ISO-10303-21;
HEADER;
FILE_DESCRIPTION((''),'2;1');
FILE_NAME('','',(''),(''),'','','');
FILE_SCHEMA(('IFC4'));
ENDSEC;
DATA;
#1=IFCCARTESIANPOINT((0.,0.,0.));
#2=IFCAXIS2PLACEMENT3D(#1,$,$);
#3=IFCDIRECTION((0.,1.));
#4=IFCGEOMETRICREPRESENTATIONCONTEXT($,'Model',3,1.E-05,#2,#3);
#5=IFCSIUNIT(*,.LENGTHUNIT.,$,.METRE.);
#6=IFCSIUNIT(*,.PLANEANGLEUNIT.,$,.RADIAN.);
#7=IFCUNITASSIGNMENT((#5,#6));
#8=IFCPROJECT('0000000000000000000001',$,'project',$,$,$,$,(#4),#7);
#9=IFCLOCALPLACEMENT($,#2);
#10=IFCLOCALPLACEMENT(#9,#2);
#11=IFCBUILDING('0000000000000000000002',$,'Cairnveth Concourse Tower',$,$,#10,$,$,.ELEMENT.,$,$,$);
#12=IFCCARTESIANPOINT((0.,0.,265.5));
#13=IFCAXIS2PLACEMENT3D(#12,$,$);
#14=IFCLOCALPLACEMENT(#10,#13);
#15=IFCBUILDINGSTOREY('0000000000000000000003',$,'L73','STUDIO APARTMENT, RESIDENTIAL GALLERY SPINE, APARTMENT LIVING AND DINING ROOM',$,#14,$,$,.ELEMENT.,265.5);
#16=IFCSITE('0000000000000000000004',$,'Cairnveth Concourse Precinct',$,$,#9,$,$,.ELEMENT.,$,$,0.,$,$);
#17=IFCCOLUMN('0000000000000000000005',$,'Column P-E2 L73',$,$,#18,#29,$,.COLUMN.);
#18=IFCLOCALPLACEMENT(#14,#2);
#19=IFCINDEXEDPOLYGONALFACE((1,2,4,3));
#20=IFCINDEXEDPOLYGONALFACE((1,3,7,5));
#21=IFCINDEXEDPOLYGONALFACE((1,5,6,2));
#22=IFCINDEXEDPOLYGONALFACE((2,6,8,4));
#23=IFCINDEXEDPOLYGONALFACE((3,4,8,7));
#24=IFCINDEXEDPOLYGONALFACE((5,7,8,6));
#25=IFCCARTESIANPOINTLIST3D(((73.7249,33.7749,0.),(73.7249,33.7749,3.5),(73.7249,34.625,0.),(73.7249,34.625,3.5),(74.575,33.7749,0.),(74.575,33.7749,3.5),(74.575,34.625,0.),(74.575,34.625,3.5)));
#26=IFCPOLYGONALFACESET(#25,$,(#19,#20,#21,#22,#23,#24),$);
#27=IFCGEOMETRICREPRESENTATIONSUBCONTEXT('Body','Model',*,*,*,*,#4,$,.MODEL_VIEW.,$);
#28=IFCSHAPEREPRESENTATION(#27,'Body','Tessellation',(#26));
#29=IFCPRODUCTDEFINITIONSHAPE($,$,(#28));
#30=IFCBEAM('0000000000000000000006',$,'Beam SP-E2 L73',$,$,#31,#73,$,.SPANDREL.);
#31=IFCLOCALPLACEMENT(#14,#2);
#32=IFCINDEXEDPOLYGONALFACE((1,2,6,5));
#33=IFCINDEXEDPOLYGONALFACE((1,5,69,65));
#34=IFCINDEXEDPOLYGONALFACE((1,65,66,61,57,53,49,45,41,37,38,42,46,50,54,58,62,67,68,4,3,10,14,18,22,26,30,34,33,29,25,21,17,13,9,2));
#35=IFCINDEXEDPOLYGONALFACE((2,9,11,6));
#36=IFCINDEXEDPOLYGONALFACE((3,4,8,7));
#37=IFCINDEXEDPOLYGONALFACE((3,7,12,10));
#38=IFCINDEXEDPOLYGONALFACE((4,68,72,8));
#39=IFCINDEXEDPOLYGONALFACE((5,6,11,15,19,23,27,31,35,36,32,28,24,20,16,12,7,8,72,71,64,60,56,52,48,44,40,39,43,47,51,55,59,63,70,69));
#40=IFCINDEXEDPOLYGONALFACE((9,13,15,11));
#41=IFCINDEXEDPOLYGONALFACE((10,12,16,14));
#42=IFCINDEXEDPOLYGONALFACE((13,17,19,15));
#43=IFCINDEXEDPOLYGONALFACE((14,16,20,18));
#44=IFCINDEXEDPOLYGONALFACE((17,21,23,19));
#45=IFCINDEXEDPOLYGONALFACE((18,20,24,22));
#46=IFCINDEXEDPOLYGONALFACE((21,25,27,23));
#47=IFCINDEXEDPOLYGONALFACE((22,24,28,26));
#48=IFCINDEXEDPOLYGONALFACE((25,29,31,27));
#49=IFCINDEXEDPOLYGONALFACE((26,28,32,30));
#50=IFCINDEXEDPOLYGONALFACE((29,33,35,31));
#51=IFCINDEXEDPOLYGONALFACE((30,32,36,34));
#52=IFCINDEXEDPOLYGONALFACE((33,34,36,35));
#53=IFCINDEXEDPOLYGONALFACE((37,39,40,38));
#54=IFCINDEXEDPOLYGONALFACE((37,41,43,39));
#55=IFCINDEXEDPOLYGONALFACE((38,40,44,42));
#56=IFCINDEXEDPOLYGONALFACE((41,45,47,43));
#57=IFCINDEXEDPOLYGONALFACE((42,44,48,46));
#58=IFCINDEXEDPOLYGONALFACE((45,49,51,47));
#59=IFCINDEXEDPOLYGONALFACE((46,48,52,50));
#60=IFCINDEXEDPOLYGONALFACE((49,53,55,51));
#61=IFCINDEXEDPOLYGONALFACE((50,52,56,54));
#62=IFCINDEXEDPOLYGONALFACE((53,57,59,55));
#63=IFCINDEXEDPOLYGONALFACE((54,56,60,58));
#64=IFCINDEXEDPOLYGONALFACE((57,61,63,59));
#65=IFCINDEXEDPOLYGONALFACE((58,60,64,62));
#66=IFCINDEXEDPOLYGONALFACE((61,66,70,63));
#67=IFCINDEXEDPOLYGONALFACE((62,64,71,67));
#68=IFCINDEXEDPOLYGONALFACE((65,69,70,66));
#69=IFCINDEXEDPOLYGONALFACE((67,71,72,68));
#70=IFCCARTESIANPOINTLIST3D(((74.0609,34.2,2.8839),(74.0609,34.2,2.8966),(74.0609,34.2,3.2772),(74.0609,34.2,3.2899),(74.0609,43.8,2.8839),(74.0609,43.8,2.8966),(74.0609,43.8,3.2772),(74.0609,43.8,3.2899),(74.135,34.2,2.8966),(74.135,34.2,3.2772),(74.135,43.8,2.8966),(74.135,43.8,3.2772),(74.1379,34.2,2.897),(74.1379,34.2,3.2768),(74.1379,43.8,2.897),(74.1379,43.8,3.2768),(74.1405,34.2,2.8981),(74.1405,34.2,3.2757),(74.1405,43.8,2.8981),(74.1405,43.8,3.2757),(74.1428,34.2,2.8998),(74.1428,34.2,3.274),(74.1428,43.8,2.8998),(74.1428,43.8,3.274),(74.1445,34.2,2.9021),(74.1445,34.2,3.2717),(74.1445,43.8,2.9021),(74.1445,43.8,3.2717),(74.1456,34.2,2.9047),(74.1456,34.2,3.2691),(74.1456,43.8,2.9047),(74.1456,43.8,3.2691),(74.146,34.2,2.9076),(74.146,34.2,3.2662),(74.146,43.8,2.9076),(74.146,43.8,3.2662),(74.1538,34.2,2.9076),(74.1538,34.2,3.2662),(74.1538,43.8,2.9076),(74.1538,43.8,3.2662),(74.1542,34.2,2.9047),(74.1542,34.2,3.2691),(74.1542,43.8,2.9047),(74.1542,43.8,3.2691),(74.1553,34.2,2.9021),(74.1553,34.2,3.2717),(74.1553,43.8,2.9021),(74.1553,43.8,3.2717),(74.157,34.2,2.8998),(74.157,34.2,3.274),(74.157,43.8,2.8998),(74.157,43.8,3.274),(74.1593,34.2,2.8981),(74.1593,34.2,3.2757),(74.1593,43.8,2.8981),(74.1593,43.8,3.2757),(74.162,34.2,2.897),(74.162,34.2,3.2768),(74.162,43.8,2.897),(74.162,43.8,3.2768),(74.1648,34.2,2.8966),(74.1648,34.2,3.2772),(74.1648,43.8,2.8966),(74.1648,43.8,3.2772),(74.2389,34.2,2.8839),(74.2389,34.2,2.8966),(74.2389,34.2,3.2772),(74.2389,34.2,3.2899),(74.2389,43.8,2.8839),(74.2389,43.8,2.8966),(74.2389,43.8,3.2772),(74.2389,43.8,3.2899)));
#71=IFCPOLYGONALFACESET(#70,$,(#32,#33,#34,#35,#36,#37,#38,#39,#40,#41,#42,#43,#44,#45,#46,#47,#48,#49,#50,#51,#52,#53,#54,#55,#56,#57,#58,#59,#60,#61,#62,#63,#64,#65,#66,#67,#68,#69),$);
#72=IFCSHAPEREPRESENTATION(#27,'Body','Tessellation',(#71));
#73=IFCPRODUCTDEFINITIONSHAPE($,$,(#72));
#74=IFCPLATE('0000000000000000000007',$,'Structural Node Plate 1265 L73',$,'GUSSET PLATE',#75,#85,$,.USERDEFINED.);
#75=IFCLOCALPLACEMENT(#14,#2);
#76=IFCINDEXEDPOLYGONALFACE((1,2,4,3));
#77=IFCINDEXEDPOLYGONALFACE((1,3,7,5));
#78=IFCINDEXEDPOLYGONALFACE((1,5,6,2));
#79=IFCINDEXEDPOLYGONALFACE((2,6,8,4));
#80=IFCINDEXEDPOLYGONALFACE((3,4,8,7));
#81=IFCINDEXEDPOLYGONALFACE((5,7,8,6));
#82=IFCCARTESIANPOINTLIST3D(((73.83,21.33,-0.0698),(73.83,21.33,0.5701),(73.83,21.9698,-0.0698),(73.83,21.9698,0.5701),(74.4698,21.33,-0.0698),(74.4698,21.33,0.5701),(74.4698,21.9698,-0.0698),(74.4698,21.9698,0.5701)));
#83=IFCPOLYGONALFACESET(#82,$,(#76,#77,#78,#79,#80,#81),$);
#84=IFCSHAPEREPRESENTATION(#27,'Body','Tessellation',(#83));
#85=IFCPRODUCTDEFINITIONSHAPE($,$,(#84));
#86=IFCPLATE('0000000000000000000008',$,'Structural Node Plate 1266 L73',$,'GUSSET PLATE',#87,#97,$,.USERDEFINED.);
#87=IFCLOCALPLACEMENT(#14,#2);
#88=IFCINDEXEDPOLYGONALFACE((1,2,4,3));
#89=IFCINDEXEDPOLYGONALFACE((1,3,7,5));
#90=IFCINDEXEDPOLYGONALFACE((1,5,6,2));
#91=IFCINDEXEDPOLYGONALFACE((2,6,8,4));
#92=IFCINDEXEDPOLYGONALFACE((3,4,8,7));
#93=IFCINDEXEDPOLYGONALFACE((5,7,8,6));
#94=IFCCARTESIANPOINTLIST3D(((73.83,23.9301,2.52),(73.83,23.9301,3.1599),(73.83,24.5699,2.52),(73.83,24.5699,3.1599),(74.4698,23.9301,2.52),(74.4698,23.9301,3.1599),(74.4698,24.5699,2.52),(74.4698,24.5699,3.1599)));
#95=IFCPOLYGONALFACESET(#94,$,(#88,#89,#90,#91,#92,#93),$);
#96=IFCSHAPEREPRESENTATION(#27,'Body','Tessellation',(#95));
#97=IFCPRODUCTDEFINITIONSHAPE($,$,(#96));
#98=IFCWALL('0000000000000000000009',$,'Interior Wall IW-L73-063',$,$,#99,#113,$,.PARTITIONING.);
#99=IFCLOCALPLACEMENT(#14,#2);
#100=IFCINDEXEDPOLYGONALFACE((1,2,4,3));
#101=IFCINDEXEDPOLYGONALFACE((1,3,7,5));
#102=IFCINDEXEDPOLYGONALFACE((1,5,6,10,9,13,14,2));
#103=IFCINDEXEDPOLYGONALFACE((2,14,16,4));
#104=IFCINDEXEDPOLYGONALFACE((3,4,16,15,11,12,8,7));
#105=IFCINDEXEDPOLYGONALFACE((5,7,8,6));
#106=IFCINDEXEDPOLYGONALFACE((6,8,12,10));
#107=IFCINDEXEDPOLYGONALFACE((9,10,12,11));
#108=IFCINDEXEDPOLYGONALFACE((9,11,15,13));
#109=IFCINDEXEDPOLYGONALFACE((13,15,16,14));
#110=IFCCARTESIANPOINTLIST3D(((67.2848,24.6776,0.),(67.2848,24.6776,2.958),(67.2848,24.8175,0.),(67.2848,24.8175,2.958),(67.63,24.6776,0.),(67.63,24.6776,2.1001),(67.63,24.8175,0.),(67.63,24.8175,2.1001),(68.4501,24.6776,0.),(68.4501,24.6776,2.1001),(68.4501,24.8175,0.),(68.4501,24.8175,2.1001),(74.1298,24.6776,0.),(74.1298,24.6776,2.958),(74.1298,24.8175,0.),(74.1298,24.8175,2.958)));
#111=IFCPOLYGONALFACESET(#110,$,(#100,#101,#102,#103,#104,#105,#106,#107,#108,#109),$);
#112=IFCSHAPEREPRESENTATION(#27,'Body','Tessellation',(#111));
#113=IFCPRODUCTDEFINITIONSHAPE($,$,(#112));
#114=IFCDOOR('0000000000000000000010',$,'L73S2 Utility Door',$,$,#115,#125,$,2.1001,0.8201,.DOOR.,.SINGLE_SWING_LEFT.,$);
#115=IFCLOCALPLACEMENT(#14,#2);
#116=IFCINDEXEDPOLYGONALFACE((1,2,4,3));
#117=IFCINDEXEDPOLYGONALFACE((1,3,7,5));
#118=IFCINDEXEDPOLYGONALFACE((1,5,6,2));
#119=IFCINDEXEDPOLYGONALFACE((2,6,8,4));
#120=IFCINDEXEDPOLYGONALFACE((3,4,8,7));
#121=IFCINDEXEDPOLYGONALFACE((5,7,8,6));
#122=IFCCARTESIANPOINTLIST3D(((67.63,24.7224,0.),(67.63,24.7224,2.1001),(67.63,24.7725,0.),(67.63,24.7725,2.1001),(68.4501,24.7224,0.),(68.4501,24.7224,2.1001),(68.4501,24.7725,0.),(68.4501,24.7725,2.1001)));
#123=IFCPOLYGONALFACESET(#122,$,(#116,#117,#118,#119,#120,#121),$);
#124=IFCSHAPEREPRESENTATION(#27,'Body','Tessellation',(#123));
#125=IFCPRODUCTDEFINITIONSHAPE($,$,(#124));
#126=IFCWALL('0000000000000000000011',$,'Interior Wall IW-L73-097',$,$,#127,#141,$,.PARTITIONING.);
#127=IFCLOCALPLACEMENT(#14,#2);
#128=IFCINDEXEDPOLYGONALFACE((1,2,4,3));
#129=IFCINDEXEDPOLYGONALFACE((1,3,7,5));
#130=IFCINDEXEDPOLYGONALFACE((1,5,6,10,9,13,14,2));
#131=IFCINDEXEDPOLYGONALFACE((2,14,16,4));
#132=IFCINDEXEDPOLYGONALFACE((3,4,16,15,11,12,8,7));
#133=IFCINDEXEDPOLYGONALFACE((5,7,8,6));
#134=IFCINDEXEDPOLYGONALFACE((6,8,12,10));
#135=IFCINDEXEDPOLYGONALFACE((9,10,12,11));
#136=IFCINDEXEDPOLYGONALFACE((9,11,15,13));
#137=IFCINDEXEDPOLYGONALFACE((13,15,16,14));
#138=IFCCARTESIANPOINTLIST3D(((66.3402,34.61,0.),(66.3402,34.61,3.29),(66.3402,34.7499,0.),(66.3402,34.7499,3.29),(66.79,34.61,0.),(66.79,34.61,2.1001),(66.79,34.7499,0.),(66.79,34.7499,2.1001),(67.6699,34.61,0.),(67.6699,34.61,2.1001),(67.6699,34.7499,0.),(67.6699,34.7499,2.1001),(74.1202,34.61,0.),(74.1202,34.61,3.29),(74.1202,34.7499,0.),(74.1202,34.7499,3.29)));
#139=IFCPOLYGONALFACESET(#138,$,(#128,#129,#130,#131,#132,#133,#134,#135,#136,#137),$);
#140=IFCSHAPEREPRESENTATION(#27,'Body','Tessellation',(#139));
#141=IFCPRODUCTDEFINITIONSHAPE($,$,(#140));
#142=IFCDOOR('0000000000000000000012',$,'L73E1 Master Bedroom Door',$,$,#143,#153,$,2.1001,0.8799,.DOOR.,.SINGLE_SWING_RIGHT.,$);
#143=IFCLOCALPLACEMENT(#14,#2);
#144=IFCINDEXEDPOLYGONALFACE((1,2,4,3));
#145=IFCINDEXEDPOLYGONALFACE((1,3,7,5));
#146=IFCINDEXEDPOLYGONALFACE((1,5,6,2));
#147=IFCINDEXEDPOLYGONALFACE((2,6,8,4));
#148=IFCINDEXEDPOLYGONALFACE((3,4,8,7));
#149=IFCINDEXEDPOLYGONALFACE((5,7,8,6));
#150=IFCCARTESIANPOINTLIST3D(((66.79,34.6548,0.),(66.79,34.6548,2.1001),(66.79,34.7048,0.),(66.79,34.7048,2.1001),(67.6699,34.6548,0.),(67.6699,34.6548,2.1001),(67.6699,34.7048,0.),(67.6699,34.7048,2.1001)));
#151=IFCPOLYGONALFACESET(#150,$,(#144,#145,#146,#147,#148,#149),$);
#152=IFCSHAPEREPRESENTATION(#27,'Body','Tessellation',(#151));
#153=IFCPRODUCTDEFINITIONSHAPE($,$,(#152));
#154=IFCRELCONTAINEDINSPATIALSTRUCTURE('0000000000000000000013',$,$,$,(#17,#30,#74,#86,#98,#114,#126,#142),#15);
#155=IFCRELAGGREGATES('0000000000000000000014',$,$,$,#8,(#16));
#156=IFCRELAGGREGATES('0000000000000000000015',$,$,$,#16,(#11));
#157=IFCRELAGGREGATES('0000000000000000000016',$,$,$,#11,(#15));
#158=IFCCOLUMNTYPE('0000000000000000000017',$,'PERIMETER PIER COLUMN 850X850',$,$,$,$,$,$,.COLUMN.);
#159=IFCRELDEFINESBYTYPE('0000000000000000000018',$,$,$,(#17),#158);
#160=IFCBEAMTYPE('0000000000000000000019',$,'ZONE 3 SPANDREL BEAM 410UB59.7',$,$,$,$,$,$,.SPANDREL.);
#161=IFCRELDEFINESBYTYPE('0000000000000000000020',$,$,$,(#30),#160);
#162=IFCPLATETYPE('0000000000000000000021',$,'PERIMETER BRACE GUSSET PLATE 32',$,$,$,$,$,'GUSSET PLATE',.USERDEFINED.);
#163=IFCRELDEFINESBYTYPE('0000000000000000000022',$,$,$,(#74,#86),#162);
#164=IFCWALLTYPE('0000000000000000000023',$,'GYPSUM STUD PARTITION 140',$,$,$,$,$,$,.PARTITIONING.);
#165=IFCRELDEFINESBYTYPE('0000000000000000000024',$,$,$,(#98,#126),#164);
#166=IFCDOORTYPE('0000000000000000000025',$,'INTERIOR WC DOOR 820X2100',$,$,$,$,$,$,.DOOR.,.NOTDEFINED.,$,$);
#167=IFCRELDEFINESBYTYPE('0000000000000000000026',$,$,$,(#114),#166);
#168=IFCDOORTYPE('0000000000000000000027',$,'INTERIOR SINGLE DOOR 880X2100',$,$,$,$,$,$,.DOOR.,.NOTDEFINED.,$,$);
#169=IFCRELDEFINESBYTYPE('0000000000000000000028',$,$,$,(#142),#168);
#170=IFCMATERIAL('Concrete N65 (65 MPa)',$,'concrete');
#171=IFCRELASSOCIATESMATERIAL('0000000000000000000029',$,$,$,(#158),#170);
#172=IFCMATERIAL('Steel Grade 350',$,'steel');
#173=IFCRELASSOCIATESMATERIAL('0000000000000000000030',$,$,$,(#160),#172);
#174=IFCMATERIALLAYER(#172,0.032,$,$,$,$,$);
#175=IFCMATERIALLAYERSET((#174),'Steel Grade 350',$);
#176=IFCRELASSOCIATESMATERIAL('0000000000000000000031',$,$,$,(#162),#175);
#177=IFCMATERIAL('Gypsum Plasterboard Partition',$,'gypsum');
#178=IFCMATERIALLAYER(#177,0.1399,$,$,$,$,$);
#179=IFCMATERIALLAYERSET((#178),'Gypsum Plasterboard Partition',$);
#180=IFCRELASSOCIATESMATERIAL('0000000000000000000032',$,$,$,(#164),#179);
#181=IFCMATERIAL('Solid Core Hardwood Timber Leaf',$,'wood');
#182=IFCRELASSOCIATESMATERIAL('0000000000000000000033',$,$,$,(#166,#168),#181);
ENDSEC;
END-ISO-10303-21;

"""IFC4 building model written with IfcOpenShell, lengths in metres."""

from ifc_helpers import new_model, si_unit, direction, frame, frame_2d, origin, origin_2d, place, context, subcontext, project, spatial, rectangle, i_section, extrude, material, layer, layer_set, material_profile, profile_set, type_object, element, fill, save


model = new_model("IFC4")

# Units and contexts
model_context = context("Model", 3, precision=1e-05, world=origin(), true_north=direction((0.0, 1.0)))
body_context = subcontext(model_context, "Body", "Model", "MODEL_VIEW")
ifc_project = project(units=[si_unit("LENGTHUNIT", "METRE"), si_unit("PLANEANGLEUNIT", "RADIAN")], contexts=[model_context])

# Site, building, storey
site_placement = place(None, origin())
site = spatial("IfcSite", under=ifc_project, at=site_placement, Name="Cairnveth Concourse Precinct", CompositionType="ELEMENT", RefElevation=0.0)
building_placement = place(site_placement, origin())
building = spatial("IfcBuilding", under=site, at=building_placement, Name="Cairnveth Concourse Tower", CompositionType="ELEMENT")
storey_placement = place(building_placement, frame((0.0, 0.0, 265.5)))
storey = spatial("IfcBuildingStorey", under=building, at=storey_placement, Name="L73", Description="STUDIO APARTMENT, RESIDENTIAL GALLERY SPINE, APARTMENT LIVING AND DINING ROOM", CompositionType="ELEMENT", Elevation=265.5)

# Column
ifc_material_1 = material(Name="Concrete N65 (65 MPa)", Category="concrete")
ifc_material_profile_1 = material_profile(ifc_material_1, rectangle(XDim=0.8501, YDim=0.8501, at=origin_2d()), Name="RC-COL-850x850")
ifc_profile_set_1 = profile_set([ifc_material_profile_1], Name="Concrete N65 (65 MPa)")
column_type = type_object("IfcColumnType", Name="PERIMETER PIER COLUMN 850X850", PredefinedType="COLUMN", material=ifc_profile_set_1)
column_placement = place(storey_placement, frame((74.1499, 34.2, 0.0), z_axis=(0.0, 0.0, 1.0), x_axis=(0.0, 1.0, 0.0)))
element("IfcColumn", 1, at=column_placement, inside=storey, type_object=column_type, Name="Column P-E2 L73", PredefinedType="COLUMN", context=body_context, shape_type="SweptSolid", body=[
    extrude(rectangle(XDim=0.8501, YDim=0.8501, at=origin_2d()), origin(), (0.0, 0.0, 1.0), 3.5),
])

# Beam
ifc_material_2 = material(Name="Steel Grade 350", Category="steel")
ifc_material_profile_2 = material_profile(ifc_material_2, i_section(OverallWidth=0.178, OverallDepth=0.406, WebThickness=0.0078, FlangeThickness=0.0127, FilletRadius=0.011, at=origin_2d()), Name="410UB59.7")
ifc_profile_set_2 = profile_set([ifc_material_profile_2], Name="Steel Grade 350")
beam_type = type_object("IfcBeamType", Name="ZONE 3 SPANDREL BEAM 410UB59.7", PredefinedType="SPANDREL", material=ifc_profile_set_2)
beam_placement = place(storey_placement, frame((74.1499, 34.2, 3.0869), z_axis=(0.0, 1.0, 0.0), x_axis=(-1.0, 0.0, 0.0)))
element("IfcBeam", 2, at=beam_placement, inside=storey, type_object=beam_type, Name="Beam SP-E2 L73", PredefinedType="SPANDREL", context=body_context, shape_type="SweptSolid", body=[
    extrude(i_section(OverallWidth=0.178, OverallDepth=0.406, WebThickness=0.0078, FlangeThickness=0.0127, FilletRadius=0.011, at=origin_2d()), origin(), (0.0, 0.0, 1.0), 9.6001),
])

# Plates
ifc_layer_1 = layer(ifc_material_2, 0.032)
ifc_layer_set_1 = layer_set([ifc_layer_1], Name="Steel Grade 350")
plate_type = type_object("IfcPlateType", Name="PERIMETER BRACE GUSSET PLATE 32", ElementType="GUSSET PLATE", PredefinedType="USERDEFINED", material=ifc_layer_set_1)
for number, where, z_axis, x_axis, name in (
    (3, (74.1499, 21.6499, -0.0698), (0.0, 0.0, 1.0), (1.0, 0.0, 0.0), "Structural Node Plate 1265 L73"),
    (4, (74.1499, 24.25, 2.52), (0.0, 0.0, 1.0), (1.0, 0.0, 0.0), "Structural Node Plate 1266 L73"),
):
    element("IfcPlate", number, at=place(storey_placement, frame(where, z_axis=z_axis, x_axis=x_axis)), inside=storey, type_object=plate_type, Name=name, ObjectType="GUSSET PLATE", PredefinedType="USERDEFINED", context=body_context, shape_type="SweptSolid", body=[
        extrude(rectangle(XDim=0.6399, YDim=0.6399, at=origin_2d()), origin(), (0.0, 0.0, 1.0), 0.6399),
    ])

# Walls, openings, doors
ifc_material_3 = material(Name="Gypsum Plasterboard Partition", Category="gypsum")
ifc_layer_2 = layer(ifc_material_3, 0.1399)
ifc_layer_set_2 = layer_set([ifc_layer_2], Name="Gypsum Plasterboard Partition")
wall_type_1 = type_object("IfcWallType", Name="GYPSUM STUD PARTITION 140", PredefinedType="PARTITIONING", material=ifc_layer_set_2)
wall_1_placement = place(storey_placement, frame((67.2849, 24.7476, 0.0), z_axis=(0.0, 0.0, 1.0), x_axis=(1.0, 0.0, 0.0)))
wall_1 = element("IfcWall", 5, at=wall_1_placement, inside=storey, type_object=wall_type_1, Name="Interior Wall IW-L73-063", PredefinedType="PARTITIONING", context=body_context, shape_type="SweptSolid", body=[
    extrude(rectangle(XDim=6.845, YDim=0.1399, at=frame_2d((3.4224, 0.0))), origin(), (0.0, 0.0, 1.0), 2.958),
])
opening_1_placement = place(wall_1_placement, frame((0.345, 0.0, 0.0)))
opening_1 = element("IfcOpeningElement", 6, at=opening_1_placement, cuts=wall_1, PredefinedType="OPENING", context=body_context, shape_type="SweptSolid", body=[
    extrude(rectangle(XDim=0.8201, YDim=2.1001, at=frame_2d((0.4102, 1.05))), frame((0.0, 0.0798, 0.0), z_axis=(0.0, -1.0, 0.0), x_axis=(1.0, 0.0, 0.0)), (0.0, 0.0, 1.0), 0.1599),
])
ifc_material_4 = material(Name="Solid Core Hardwood Timber Leaf", Category="wood")
door_type_1 = type_object("IfcDoorType", Name="INTERIOR WC DOOR 820X2100", OperationType="NOTDEFINED", PredefinedType="DOOR", material=ifc_material_4)
door_1_placement = place(opening_1_placement, origin())
door_1 = element("IfcDoor", 7, at=door_1_placement, inside=storey, type_object=door_type_1, Name="L73S2 Utility Door", OperationType="SINGLE_SWING_LEFT", OverallHeight=2.1001, OverallWidth=0.8201, PredefinedType="DOOR", context=body_context, shape_type="SweptSolid", body=[
    extrude(rectangle(XDim=0.8201, YDim=2.1001, at=frame_2d((0.4102, 1.05))), frame((0.0, 0.0249, 0.0), z_axis=(0.0, -1.0, 0.0), x_axis=(1.0, 0.0, 0.0)), (0.0, 0.0, 1.0), 0.05),
])
fill(opening_1, door_1)
wall_2_placement = place(storey_placement, frame((66.3401, 34.6799, 0.0), z_axis=(0.0, 0.0, 1.0), x_axis=(1.0, 0.0, 0.0)))
wall_2 = element("IfcWall", 8, at=wall_2_placement, inside=storey, type_object=wall_type_1, Name="Interior Wall IW-L73-097", PredefinedType="PARTITIONING", context=body_context, shape_type="SweptSolid", body=[
    extrude(rectangle(XDim=7.78, YDim=0.1399, at=frame_2d((3.8901, 0.0))), origin(), (0.0, 0.0, 1.0), 3.29),
])
opening_2_placement = place(wall_2_placement, frame((0.45, 0.0, 0.0)))
opening_2 = element("IfcOpeningElement", 9, at=opening_2_placement, cuts=wall_2, PredefinedType="OPENING", context=body_context, shape_type="SweptSolid", body=[
    extrude(rectangle(XDim=0.8799, YDim=2.1001, at=frame_2d((0.4399, 1.05))), frame((0.0, 0.0798, 0.0), z_axis=(0.0, -1.0, 0.0), x_axis=(1.0, 0.0, 0.0)), (0.0, 0.0, 1.0), 0.1599),
])
door_type_2 = type_object("IfcDoorType", Name="INTERIOR SINGLE DOOR 880X2100", OperationType="NOTDEFINED", PredefinedType="DOOR", material=ifc_material_4)
door_2_placement = place(opening_2_placement, origin())
door_2 = element("IfcDoor", 10, at=door_2_placement, inside=storey, type_object=door_type_2, Name="L73E1 Master Bedroom Door", OperationType="SINGLE_SWING_RIGHT", OverallHeight=2.1001, OverallWidth=0.8799, PredefinedType="DOOR", context=body_context, shape_type="SweptSolid", body=[
    extrude(rectangle(XDim=0.8799, YDim=2.1001, at=frame_2d((0.4399, 1.05))), frame((0.0, 0.0249, 0.0), z_axis=(0.0, -1.0, 0.0), x_axis=(1.0, 0.0, 0.0)), (0.0, 0.0, 1.0), 0.05),
])
fill(opening_2, door_2)

save(model, "model.ifc")
